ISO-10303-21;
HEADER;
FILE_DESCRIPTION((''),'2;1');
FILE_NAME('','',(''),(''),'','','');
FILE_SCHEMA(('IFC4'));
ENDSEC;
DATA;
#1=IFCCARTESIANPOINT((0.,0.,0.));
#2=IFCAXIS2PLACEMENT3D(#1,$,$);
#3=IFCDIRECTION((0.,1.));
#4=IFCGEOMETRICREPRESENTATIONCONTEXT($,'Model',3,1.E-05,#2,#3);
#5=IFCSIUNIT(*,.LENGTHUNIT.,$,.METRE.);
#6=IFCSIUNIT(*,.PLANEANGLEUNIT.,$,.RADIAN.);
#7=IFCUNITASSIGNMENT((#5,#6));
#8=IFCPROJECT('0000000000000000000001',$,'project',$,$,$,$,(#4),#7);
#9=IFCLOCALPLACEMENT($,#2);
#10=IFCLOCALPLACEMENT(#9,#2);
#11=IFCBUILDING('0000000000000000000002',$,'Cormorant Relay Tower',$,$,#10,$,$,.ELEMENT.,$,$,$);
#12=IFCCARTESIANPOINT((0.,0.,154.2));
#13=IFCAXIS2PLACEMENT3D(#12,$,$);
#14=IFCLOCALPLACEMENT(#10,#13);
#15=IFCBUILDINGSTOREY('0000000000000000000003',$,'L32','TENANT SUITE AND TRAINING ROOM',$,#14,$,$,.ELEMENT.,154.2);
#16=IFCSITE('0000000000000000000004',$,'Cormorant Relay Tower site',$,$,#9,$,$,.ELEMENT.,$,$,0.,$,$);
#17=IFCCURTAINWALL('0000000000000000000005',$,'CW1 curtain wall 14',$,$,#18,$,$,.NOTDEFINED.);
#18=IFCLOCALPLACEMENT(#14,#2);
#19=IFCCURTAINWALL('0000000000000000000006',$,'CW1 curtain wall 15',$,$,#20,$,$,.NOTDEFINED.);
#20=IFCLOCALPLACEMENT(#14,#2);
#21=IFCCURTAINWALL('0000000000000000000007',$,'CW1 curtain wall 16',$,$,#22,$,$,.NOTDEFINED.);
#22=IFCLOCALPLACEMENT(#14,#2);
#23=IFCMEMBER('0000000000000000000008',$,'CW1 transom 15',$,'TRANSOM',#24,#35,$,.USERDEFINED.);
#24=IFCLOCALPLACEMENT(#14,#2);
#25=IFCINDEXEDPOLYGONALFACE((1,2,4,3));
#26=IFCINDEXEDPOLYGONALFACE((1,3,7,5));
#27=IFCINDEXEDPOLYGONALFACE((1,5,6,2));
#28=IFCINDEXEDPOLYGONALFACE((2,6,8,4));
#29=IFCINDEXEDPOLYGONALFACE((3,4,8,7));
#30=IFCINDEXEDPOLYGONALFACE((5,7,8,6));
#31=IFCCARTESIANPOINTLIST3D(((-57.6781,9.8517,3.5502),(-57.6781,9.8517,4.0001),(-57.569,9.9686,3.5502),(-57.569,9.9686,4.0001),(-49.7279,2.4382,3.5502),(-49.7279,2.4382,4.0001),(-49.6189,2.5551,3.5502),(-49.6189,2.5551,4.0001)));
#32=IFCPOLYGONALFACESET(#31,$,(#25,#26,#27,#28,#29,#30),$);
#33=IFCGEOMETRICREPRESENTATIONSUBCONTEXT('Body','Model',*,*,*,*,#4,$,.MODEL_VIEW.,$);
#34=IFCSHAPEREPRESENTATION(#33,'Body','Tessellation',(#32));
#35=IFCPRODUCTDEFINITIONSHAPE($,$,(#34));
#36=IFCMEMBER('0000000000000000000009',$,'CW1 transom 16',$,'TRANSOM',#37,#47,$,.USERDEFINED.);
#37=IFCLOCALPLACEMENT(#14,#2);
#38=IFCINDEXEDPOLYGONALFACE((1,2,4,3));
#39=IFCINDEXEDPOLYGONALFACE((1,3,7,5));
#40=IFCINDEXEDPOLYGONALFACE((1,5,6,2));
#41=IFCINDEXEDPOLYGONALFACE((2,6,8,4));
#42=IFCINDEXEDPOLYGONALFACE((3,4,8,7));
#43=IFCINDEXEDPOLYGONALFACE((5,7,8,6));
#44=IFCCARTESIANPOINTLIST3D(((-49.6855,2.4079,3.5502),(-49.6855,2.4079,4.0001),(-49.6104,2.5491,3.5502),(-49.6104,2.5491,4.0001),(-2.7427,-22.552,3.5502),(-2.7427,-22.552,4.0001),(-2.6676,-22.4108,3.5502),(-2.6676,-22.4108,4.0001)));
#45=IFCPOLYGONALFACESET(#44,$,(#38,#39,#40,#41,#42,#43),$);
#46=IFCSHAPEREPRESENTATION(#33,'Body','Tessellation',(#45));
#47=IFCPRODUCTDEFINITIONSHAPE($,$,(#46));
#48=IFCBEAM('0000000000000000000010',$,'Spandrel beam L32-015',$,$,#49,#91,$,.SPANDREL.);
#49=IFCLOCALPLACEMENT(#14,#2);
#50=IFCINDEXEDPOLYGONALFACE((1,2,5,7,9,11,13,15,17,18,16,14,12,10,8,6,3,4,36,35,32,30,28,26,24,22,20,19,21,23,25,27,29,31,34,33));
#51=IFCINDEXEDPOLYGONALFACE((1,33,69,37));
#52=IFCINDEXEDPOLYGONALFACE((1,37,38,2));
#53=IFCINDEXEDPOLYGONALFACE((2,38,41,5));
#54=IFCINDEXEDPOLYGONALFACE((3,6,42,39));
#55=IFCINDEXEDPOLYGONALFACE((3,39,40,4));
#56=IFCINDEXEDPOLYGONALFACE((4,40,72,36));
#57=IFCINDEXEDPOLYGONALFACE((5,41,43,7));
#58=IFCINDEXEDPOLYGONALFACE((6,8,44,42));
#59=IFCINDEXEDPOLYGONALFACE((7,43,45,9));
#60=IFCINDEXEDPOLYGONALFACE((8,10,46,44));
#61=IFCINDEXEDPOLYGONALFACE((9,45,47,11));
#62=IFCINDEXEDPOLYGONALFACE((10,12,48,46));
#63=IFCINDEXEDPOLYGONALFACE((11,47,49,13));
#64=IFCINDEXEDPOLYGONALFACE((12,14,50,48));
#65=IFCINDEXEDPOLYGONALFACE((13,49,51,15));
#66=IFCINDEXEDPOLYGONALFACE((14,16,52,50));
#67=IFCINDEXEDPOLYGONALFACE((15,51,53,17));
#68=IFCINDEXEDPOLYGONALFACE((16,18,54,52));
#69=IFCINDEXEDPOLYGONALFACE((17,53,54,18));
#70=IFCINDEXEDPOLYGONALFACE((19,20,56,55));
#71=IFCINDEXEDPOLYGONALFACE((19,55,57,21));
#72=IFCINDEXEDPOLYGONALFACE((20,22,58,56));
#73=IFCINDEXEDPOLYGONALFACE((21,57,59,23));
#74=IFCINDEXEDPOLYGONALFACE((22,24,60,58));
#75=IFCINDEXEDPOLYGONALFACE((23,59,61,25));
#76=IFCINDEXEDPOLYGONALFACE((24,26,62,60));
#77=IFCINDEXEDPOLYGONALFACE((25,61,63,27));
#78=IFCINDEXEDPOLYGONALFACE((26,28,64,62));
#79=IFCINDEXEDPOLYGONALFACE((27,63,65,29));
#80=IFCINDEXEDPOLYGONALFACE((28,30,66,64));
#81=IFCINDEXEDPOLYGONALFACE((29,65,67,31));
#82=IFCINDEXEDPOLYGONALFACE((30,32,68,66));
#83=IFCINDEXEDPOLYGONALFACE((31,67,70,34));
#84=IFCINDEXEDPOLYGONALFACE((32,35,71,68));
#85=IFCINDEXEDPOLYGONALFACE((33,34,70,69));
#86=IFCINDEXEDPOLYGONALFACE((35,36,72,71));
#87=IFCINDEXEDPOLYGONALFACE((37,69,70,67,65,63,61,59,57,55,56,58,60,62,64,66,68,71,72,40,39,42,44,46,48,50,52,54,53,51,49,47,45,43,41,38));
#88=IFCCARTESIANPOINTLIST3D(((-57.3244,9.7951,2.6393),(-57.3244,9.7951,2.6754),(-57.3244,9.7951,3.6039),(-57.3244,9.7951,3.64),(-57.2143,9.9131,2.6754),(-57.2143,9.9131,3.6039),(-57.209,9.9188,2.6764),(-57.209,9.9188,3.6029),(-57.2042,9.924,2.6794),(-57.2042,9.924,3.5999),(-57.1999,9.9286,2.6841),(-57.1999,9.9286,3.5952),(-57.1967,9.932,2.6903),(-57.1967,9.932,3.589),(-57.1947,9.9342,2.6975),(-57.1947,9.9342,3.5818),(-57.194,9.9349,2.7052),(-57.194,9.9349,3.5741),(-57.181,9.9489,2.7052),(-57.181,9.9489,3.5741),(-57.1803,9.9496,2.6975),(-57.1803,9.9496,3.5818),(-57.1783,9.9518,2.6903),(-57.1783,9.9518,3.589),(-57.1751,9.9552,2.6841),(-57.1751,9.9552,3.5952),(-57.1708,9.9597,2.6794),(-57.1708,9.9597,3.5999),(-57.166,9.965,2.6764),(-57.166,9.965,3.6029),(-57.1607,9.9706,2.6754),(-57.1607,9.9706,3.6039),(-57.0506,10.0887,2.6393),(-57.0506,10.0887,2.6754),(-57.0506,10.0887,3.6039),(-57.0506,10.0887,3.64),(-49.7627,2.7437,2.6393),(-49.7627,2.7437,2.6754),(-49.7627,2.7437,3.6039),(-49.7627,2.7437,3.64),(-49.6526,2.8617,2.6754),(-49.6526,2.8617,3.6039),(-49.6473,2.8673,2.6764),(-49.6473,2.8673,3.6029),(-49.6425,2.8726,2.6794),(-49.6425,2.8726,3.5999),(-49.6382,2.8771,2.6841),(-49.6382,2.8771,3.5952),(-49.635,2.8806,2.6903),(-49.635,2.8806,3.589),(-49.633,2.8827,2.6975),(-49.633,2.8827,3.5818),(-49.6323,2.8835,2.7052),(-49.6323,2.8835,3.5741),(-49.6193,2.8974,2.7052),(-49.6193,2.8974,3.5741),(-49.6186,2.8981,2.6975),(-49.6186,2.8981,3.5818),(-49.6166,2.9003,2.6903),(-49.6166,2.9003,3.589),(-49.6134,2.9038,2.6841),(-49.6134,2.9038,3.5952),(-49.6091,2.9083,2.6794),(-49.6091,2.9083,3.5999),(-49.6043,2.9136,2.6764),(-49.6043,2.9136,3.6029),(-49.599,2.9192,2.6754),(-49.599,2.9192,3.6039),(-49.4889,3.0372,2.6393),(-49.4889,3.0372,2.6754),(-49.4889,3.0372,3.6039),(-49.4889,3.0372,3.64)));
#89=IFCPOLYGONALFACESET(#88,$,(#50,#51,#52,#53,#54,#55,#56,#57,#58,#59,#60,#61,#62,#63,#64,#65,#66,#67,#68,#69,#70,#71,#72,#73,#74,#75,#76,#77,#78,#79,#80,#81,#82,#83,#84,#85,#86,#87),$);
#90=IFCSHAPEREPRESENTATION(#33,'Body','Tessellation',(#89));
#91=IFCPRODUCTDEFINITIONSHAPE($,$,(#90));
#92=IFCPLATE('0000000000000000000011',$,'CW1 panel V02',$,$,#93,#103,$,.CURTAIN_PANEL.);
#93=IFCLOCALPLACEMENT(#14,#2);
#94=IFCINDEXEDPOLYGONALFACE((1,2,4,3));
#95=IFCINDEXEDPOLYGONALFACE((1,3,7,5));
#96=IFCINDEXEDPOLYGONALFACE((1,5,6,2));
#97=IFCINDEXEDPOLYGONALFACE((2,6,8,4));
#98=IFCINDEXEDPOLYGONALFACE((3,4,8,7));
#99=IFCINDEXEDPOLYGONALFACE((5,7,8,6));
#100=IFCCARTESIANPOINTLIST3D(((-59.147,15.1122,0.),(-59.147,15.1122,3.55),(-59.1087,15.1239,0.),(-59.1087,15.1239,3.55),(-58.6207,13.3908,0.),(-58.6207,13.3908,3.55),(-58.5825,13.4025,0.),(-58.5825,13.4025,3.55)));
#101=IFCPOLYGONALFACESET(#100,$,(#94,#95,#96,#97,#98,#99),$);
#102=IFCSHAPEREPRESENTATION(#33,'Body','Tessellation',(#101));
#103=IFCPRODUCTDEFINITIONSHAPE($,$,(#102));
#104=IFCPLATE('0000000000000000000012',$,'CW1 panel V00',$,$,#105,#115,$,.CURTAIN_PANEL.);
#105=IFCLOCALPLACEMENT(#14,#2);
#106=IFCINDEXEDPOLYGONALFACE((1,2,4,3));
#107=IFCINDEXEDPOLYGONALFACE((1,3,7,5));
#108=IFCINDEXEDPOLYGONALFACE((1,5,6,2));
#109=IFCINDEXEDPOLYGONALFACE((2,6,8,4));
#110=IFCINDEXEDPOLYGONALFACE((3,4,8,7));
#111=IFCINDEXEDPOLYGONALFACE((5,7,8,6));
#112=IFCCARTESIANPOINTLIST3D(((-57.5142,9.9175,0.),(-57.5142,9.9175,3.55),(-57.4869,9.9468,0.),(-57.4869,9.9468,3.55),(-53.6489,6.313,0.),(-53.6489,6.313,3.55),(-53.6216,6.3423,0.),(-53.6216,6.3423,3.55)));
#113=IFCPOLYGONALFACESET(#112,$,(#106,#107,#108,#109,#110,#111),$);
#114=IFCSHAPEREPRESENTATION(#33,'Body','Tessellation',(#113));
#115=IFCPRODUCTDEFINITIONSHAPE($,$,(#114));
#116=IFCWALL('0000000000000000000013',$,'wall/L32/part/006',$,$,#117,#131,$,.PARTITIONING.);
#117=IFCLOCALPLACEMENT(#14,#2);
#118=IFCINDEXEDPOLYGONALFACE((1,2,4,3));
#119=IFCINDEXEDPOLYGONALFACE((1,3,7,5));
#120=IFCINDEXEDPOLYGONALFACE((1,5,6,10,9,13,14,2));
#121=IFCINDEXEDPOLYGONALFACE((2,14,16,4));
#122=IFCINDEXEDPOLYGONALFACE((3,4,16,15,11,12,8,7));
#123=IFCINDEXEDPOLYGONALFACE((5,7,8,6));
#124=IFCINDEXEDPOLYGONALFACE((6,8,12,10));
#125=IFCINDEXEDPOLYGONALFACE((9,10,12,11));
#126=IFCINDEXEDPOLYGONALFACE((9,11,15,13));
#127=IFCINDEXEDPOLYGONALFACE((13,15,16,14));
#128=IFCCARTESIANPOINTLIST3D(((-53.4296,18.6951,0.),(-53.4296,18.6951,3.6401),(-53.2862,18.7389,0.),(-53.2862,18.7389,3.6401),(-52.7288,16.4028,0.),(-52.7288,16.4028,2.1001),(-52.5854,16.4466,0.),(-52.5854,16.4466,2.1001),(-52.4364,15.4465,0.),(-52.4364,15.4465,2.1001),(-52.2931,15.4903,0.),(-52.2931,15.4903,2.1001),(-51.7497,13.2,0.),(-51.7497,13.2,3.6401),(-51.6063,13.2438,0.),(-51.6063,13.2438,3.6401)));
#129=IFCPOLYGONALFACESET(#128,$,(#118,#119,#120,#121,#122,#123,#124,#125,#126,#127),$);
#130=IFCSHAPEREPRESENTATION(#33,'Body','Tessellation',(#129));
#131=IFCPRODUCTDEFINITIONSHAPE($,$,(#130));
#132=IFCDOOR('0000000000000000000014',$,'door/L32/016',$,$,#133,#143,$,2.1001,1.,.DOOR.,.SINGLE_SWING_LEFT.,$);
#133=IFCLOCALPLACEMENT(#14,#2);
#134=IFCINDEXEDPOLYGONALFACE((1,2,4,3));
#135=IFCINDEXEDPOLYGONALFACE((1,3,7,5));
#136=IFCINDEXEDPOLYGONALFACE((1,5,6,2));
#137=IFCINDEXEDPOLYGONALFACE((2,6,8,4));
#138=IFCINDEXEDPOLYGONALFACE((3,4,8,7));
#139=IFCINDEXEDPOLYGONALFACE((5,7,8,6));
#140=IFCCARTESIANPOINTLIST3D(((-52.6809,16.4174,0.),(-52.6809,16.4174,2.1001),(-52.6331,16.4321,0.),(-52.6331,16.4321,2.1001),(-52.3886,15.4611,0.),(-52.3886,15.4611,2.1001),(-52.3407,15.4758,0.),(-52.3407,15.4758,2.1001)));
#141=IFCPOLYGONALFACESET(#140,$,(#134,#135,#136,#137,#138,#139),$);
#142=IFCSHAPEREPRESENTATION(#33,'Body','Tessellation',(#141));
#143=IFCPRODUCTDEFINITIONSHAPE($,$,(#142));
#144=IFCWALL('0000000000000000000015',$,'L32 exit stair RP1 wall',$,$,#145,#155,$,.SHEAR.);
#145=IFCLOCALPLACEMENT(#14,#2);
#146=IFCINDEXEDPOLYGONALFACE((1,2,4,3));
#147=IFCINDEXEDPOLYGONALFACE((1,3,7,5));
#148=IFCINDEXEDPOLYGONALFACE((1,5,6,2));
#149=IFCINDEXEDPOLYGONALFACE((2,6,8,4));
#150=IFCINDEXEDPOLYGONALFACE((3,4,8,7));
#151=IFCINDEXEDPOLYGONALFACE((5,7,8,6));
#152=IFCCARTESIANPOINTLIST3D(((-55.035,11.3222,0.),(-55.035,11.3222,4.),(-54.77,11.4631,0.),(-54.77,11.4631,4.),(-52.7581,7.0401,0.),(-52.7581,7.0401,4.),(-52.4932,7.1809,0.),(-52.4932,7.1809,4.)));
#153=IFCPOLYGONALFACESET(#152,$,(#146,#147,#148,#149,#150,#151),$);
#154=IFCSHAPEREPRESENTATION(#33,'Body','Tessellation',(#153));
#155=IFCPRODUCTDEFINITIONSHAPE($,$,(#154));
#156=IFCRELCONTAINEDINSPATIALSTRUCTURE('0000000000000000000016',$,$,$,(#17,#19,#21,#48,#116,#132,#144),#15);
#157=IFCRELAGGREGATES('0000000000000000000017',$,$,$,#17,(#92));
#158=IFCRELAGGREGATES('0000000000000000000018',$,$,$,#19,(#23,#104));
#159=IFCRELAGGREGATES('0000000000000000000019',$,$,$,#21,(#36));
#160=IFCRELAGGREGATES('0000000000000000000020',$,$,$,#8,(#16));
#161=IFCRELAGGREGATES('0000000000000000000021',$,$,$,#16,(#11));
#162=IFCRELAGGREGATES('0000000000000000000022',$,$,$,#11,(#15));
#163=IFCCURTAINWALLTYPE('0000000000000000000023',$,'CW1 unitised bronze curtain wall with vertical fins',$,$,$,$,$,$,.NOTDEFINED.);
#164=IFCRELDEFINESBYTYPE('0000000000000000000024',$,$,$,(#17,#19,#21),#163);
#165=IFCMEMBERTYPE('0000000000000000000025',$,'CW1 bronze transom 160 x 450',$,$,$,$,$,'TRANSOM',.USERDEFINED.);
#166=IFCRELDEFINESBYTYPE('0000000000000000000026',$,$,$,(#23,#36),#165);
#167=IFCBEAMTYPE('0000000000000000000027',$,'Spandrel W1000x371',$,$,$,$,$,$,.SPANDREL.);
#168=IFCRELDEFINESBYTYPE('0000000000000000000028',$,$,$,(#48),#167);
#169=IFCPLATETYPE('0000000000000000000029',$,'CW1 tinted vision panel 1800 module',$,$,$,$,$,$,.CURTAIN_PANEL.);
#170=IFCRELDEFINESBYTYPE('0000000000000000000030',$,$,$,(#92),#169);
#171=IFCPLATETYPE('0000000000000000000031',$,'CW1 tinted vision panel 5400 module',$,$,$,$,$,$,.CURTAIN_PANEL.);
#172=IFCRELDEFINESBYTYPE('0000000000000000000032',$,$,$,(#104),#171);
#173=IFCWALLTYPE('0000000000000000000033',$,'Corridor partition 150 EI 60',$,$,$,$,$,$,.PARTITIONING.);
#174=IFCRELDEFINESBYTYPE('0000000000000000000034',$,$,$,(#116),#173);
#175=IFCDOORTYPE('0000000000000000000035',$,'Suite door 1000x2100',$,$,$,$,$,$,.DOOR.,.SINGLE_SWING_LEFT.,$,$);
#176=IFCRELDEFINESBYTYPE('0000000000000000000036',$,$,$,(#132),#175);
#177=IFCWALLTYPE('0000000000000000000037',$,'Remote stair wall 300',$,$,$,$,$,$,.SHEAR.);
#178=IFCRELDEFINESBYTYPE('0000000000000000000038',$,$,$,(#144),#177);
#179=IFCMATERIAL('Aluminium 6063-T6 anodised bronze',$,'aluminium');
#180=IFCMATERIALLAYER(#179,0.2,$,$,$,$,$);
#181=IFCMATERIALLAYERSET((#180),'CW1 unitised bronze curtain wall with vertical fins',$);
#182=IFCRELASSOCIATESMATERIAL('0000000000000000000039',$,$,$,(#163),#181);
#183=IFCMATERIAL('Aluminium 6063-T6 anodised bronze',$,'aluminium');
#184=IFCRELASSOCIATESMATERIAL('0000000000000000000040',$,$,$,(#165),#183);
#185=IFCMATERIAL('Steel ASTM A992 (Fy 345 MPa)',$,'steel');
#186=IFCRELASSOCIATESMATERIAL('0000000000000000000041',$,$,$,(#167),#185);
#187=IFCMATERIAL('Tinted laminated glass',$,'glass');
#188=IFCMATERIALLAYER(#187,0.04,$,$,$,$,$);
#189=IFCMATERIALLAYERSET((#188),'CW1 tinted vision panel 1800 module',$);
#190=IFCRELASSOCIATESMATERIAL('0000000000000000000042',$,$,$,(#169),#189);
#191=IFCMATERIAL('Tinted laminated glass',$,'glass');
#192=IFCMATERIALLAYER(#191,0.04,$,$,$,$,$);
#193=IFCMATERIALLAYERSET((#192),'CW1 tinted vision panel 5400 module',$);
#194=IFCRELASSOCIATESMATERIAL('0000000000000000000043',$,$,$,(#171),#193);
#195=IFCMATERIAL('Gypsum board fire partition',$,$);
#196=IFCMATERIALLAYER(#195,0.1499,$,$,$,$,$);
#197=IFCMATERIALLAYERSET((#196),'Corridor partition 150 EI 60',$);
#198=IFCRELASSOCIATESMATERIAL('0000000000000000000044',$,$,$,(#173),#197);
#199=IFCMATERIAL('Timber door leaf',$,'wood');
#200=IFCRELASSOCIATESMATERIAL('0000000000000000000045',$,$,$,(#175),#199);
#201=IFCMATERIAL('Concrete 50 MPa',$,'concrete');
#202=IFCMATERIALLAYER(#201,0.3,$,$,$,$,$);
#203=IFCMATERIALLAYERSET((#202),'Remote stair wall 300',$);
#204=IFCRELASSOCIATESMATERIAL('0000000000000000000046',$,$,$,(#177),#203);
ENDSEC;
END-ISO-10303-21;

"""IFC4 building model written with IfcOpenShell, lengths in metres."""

from ifc_helpers import new_model, si_unit, direction, frame, frame_2d, origin, origin_2d, place, context, subcontext, project, spatial, rectangle, i_section, extrude, material, layer, layer_set, material_profile, profile_set, type_object, element, fill, aggregate, save


model = new_model("IFC4")

# Units and contexts
model_context = context("Model", 3, precision=1e-05, world=origin(), true_north=direction((0.0, 1.0)))
body_context = subcontext(model_context, "Body", "Model", "MODEL_VIEW")
ifc_project = project(units=[si_unit("LENGTHUNIT", "METRE"), si_unit("PLANEANGLEUNIT", "RADIAN")], contexts=[model_context])

# Site, building, storey
site_placement = place(None, origin())
site = spatial("IfcSite", under=ifc_project, at=site_placement, Name="Cormorant Relay Tower site", CompositionType="ELEMENT", RefElevation=0.0)
building_placement = place(site_placement, origin())
building = spatial("IfcBuilding", under=site, at=building_placement, Name="Cormorant Relay Tower", CompositionType="ELEMENT")
storey_placement = place(building_placement, frame((0.0, 0.0, 154.2)))
storey = spatial("IfcBuildingStorey", under=building, at=storey_placement, Name="L32", Description="TENANT SUITE AND TRAINING ROOM", CompositionType="ELEMENT", Elevation=154.2)

# Curtain wall
ifc_material_1 = material(Name="Aluminium 6063-T6 anodised bronze", Category="aluminium")
ifc_layer_1 = layer(ifc_material_1, 0.2)
ifc_layer_set_1 = layer_set([ifc_layer_1], Name="CW1 unitised bronze curtain wall with vertical fins")
curtain_wall_type = type_object("IfcCurtainWallType", Name="CW1 unitised bronze curtain wall with vertical fins", PredefinedType="NOTDEFINED", material=ifc_layer_set_1)
curtain_wall_1_placement = place(storey_placement, origin())
curtain_wall_1 = element("IfcCurtainWall", 1, at=curtain_wall_1_placement, inside=storey, type_object=curtain_wall_type, Name="CW1 curtain wall 14", PredefinedType="NOTDEFINED")

# Curtain wall
curtain_wall_2_placement = place(storey_placement, origin())
curtain_wall_2 = element("IfcCurtainWall", 2, at=curtain_wall_2_placement, inside=storey, type_object=curtain_wall_type, Name="CW1 curtain wall 15", PredefinedType="NOTDEFINED")

# Curtain wall
curtain_wall_3_placement = place(storey_placement, origin())
curtain_wall_3 = element("IfcCurtainWall", 3, at=curtain_wall_3_placement, inside=storey, type_object=curtain_wall_type, Name="CW1 curtain wall 16", PredefinedType="NOTDEFINED")

# Members
ifc_material_2 = material(Name="Aluminium 6063-T6 anodised bronze", Category="aluminium")
ifc_material_profile_1 = material_profile(ifc_material_2, rectangle(XDim=0.1599, YDim=0.45, at=origin_2d()), Name="AL 160x450")
ifc_profile_set_1 = profile_set([ifc_material_profile_1], Name="Aluminium 6063-T6 anodised bronze")
member_type_1 = type_object("IfcMemberType", Name="CW1 bronze transom 160 x 450", ElementType="TRANSOM", PredefinedType="USERDEFINED", material=ifc_profile_set_1)
member_1_placement = place(storey_placement, frame((-57.6235, 9.9102, 3.7751), z_axis=(0.731358, -0.681993, 0.0), x_axis=(0.681993, 0.731358, 0.0)))
member_1 = element("IfcMember", 4, at=member_1_placement, type_object=member_type_1, Name="CW1 transom 15", ObjectType="TRANSOM", PredefinedType="USERDEFINED", context=body_context, shape_type="SweptSolid", body=[
    extrude(rectangle(XDim=0.1599, YDim=0.45, at=origin_2d()), origin(), (0.0, 0.0, 1.0), 10.8704),
])
member_2_placement = place(storey_placement, frame((-49.6479, 2.4785, 3.7751), z_axis=(0.882948, -0.469471, 0.0), x_axis=(0.469471, 0.882948, 0.0)))
member_2 = element("IfcMember", 5, at=member_2_placement, type_object=member_type_1, Name="CW1 transom 16", ObjectType="TRANSOM", PredefinedType="USERDEFINED", context=body_context, shape_type="SweptSolid", body=[
    extrude(rectangle(XDim=0.1599, YDim=0.45, at=origin_2d()), origin(), (0.0, 0.0, 1.0), 53.166),
])

# Beam
ifc_material_3 = material(Name="Steel ASTM A992 (Fy 345 MPa)", Category="steel")
ifc_material_profile_2 = material_profile(ifc_material_3, i_section(OverallWidth=0.4014, OverallDepth=1.0007, WebThickness=0.019, FlangeThickness=0.0361, FilletRadius=0.0298, at=origin_2d()), Name="W1000x371")
ifc_profile_set_2 = profile_set([ifc_material_profile_2], Name="Steel ASTM A992 (Fy 345 MPa)")
beam_type = type_object("IfcBeamType", Name="Spandrel W1000x371", PredefinedType="SPANDREL", material=ifc_profile_set_2)
beam_placement = place(storey_placement, frame((-57.1875, 9.9419, 3.1396), z_axis=(0.731351, -0.682001, 0.0), x_axis=(0.682001, 0.731351, 0.0)))
element("IfcBeam", 6, at=beam_placement, inside=storey, type_object=beam_type, Name="Spandrel beam L32-015", PredefinedType="SPANDREL", context=body_context, shape_type="SweptSolid", body=[
    extrude(i_section(OverallWidth=0.4014, OverallDepth=1.0007, WebThickness=0.019, FlangeThickness=0.0361, FilletRadius=0.0298, at=origin_2d()), origin(), (0.0, 0.0, 1.0), 10.3394),
])

# Plates
ifc_material_4 = material(Name="Tinted laminated glass", Category="glass")
ifc_layer_2 = layer(ifc_material_4, 0.04)
ifc_layer_set_2 = layer_set([ifc_layer_2], Name="CW1 tinted vision panel 1800 module")
plate_type_1 = type_object("IfcPlateType", Name="CW1 tinted vision panel 1800 module", PredefinedType="CURTAIN_PANEL", material=ifc_layer_set_2)
plate_1_placement = place(storey_placement, frame((-58.8647, 14.2573, 0.0), z_axis=(0.0, 0.0, 1.0), x_axis=(0.292372, -0.956305, 0.0)))
plate_1 = element("IfcPlate", 7, at=plate_1_placement, type_object=plate_type_1, Name="CW1 panel V02", PredefinedType="CURTAIN_PANEL", context=body_context, shape_type="SweptSolid", body=[
    extrude(rectangle(XDim=1.8, YDim=0.04, at=origin_2d()), origin(), (0.0, 0.0, 1.0), 3.55),
])
ifc_material_5 = material(Name="Tinted laminated glass", Category="glass")
ifc_layer_3 = layer(ifc_material_5, 0.04)
ifc_layer_set_3 = layer_set([ifc_layer_3], Name="CW1 tinted vision panel 5400 module")
plate_type_2 = type_object("IfcPlateType", Name="CW1 tinted vision panel 5400 module", PredefinedType="CURTAIN_PANEL", material=ifc_layer_set_3)
plate_2_placement = place(storey_placement, frame((-55.5679, 8.1299, 0.0), z_axis=(0.0, 0.0, 1.0), x_axis=(0.731354, -0.681998, 0.0)))
plate_2 = element("IfcPlate", 8, at=plate_2_placement, type_object=plate_type_2, Name="CW1 panel V00", PredefinedType="CURTAIN_PANEL", context=body_context, shape_type="SweptSolid", body=[
    extrude(rectangle(XDim=5.2852, YDim=0.04, at=origin_2d()), origin(), (0.0, 0.0, 1.0), 3.55),
])

# Wall, opening, door
ifc_material_6 = material(Name="Gypsum board fire partition")
ifc_layer_4 = layer(ifc_material_6, 0.1499)
ifc_layer_set_4 = layer_set([ifc_layer_4], Name="Corridor partition 150 EI 60")
wall_type_1 = type_object("IfcWallType", Name="Corridor partition 150 EI 60", PredefinedType="PARTITIONING", material=ifc_layer_set_4)
wall_1_placement = place(storey_placement, frame((-51.678, 13.2219, 0.0), z_axis=(0.0, 0.0, 1.0), x_axis=(-0.292357, 0.956309, 0.0)))
wall_1 = element("IfcWall", 9, at=wall_1_placement, inside=storey, type_object=wall_type_1, Name="wall/L32/part/006", PredefinedType="PARTITIONING", context=body_context, shape_type="SweptSolid", body=[
    extrude(rectangle(XDim=5.7461, YDim=0.1499, at=frame_2d((2.873, 0.0))), origin(), (0.0, 0.0, 1.0), 3.6401),
])
opening_1_placement = place(wall_1_placement, frame((2.3491, 0.0, 0.0)))
opening_1 = element("IfcOpeningElement", 10, at=opening_1_placement, cuts=wall_1, PredefinedType="OPENING", context=body_context, shape_type="SweptSolid", body=[
    extrude(rectangle(XDim=1.0, YDim=2.1001, at=frame_2d((0.5, 1.05))), frame((0.0, 0.085, 0.0), z_axis=(0.0, -1.0, 0.0), x_axis=(1.0, 0.0, 0.0)), (0.0, 0.0, 1.0), 0.1699),
])
ifc_material_7 = material(Name="Timber door leaf", Category="wood")
door_type_1 = type_object("IfcDoorType", Name="Suite door 1000x2100", OperationType="SINGLE_SWING_LEFT", PredefinedType="DOOR", material=ifc_material_7)
door_1_placement = place(opening_1_placement, origin())
door_1 = element("IfcDoor", 11, at=door_1_placement, inside=storey, type_object=door_type_1, Name="door/L32/016", OperationType="SINGLE_SWING_LEFT", OverallHeight=2.1001, OverallWidth=1.0, PredefinedType="DOOR", context=body_context, shape_type="SweptSolid", body=[
    extrude(rectangle(XDim=1.0, YDim=2.1001, at=frame_2d((0.5, 1.05))), frame((0.0, 0.0249, 0.0), z_axis=(0.0, -1.0, 0.0), x_axis=(1.0, 0.0, 0.0)), (0.0, 0.0, 1.0), 0.05),
])
fill(opening_1, door_1)

# Wall
ifc_material_8 = material(Name="Concrete 50 MPa", Category="concrete")
ifc_layer_5 = layer(ifc_material_8, 0.3)
ifc_layer_set_5 = layer_set([ifc_layer_5], Name="Remote stair wall 300")
wall_type_2 = type_object("IfcWallType", Name="Remote stair wall 300", PredefinedType="SHEAR", material=ifc_layer_set_5)
wall_2_placement = place(storey_placement, frame((-52.6257, 7.1106, 0.0), z_axis=(0.0, 0.0, 1.0), x_axis=(-0.469464, 0.882951, 0.0)))
element("IfcWall", 12, at=wall_2_placement, inside=storey, type_object=wall_type_2, Name="L32 exit stair RP1 wall", PredefinedType="SHEAR", context=body_context, shape_type="SweptSolid", body=[
    extrude(rectangle(XDim=4.8499, YDim=0.3, at=frame_2d((2.4248, 0.0))), origin(), (0.0, 0.0, 1.0), 4.0),
])

aggregate(curtain_wall_1, [plate_1])
aggregate(curtain_wall_2, [member_1, plate_2])
aggregate(curtain_wall_3, [member_2])

save(model, "model.ifc")
